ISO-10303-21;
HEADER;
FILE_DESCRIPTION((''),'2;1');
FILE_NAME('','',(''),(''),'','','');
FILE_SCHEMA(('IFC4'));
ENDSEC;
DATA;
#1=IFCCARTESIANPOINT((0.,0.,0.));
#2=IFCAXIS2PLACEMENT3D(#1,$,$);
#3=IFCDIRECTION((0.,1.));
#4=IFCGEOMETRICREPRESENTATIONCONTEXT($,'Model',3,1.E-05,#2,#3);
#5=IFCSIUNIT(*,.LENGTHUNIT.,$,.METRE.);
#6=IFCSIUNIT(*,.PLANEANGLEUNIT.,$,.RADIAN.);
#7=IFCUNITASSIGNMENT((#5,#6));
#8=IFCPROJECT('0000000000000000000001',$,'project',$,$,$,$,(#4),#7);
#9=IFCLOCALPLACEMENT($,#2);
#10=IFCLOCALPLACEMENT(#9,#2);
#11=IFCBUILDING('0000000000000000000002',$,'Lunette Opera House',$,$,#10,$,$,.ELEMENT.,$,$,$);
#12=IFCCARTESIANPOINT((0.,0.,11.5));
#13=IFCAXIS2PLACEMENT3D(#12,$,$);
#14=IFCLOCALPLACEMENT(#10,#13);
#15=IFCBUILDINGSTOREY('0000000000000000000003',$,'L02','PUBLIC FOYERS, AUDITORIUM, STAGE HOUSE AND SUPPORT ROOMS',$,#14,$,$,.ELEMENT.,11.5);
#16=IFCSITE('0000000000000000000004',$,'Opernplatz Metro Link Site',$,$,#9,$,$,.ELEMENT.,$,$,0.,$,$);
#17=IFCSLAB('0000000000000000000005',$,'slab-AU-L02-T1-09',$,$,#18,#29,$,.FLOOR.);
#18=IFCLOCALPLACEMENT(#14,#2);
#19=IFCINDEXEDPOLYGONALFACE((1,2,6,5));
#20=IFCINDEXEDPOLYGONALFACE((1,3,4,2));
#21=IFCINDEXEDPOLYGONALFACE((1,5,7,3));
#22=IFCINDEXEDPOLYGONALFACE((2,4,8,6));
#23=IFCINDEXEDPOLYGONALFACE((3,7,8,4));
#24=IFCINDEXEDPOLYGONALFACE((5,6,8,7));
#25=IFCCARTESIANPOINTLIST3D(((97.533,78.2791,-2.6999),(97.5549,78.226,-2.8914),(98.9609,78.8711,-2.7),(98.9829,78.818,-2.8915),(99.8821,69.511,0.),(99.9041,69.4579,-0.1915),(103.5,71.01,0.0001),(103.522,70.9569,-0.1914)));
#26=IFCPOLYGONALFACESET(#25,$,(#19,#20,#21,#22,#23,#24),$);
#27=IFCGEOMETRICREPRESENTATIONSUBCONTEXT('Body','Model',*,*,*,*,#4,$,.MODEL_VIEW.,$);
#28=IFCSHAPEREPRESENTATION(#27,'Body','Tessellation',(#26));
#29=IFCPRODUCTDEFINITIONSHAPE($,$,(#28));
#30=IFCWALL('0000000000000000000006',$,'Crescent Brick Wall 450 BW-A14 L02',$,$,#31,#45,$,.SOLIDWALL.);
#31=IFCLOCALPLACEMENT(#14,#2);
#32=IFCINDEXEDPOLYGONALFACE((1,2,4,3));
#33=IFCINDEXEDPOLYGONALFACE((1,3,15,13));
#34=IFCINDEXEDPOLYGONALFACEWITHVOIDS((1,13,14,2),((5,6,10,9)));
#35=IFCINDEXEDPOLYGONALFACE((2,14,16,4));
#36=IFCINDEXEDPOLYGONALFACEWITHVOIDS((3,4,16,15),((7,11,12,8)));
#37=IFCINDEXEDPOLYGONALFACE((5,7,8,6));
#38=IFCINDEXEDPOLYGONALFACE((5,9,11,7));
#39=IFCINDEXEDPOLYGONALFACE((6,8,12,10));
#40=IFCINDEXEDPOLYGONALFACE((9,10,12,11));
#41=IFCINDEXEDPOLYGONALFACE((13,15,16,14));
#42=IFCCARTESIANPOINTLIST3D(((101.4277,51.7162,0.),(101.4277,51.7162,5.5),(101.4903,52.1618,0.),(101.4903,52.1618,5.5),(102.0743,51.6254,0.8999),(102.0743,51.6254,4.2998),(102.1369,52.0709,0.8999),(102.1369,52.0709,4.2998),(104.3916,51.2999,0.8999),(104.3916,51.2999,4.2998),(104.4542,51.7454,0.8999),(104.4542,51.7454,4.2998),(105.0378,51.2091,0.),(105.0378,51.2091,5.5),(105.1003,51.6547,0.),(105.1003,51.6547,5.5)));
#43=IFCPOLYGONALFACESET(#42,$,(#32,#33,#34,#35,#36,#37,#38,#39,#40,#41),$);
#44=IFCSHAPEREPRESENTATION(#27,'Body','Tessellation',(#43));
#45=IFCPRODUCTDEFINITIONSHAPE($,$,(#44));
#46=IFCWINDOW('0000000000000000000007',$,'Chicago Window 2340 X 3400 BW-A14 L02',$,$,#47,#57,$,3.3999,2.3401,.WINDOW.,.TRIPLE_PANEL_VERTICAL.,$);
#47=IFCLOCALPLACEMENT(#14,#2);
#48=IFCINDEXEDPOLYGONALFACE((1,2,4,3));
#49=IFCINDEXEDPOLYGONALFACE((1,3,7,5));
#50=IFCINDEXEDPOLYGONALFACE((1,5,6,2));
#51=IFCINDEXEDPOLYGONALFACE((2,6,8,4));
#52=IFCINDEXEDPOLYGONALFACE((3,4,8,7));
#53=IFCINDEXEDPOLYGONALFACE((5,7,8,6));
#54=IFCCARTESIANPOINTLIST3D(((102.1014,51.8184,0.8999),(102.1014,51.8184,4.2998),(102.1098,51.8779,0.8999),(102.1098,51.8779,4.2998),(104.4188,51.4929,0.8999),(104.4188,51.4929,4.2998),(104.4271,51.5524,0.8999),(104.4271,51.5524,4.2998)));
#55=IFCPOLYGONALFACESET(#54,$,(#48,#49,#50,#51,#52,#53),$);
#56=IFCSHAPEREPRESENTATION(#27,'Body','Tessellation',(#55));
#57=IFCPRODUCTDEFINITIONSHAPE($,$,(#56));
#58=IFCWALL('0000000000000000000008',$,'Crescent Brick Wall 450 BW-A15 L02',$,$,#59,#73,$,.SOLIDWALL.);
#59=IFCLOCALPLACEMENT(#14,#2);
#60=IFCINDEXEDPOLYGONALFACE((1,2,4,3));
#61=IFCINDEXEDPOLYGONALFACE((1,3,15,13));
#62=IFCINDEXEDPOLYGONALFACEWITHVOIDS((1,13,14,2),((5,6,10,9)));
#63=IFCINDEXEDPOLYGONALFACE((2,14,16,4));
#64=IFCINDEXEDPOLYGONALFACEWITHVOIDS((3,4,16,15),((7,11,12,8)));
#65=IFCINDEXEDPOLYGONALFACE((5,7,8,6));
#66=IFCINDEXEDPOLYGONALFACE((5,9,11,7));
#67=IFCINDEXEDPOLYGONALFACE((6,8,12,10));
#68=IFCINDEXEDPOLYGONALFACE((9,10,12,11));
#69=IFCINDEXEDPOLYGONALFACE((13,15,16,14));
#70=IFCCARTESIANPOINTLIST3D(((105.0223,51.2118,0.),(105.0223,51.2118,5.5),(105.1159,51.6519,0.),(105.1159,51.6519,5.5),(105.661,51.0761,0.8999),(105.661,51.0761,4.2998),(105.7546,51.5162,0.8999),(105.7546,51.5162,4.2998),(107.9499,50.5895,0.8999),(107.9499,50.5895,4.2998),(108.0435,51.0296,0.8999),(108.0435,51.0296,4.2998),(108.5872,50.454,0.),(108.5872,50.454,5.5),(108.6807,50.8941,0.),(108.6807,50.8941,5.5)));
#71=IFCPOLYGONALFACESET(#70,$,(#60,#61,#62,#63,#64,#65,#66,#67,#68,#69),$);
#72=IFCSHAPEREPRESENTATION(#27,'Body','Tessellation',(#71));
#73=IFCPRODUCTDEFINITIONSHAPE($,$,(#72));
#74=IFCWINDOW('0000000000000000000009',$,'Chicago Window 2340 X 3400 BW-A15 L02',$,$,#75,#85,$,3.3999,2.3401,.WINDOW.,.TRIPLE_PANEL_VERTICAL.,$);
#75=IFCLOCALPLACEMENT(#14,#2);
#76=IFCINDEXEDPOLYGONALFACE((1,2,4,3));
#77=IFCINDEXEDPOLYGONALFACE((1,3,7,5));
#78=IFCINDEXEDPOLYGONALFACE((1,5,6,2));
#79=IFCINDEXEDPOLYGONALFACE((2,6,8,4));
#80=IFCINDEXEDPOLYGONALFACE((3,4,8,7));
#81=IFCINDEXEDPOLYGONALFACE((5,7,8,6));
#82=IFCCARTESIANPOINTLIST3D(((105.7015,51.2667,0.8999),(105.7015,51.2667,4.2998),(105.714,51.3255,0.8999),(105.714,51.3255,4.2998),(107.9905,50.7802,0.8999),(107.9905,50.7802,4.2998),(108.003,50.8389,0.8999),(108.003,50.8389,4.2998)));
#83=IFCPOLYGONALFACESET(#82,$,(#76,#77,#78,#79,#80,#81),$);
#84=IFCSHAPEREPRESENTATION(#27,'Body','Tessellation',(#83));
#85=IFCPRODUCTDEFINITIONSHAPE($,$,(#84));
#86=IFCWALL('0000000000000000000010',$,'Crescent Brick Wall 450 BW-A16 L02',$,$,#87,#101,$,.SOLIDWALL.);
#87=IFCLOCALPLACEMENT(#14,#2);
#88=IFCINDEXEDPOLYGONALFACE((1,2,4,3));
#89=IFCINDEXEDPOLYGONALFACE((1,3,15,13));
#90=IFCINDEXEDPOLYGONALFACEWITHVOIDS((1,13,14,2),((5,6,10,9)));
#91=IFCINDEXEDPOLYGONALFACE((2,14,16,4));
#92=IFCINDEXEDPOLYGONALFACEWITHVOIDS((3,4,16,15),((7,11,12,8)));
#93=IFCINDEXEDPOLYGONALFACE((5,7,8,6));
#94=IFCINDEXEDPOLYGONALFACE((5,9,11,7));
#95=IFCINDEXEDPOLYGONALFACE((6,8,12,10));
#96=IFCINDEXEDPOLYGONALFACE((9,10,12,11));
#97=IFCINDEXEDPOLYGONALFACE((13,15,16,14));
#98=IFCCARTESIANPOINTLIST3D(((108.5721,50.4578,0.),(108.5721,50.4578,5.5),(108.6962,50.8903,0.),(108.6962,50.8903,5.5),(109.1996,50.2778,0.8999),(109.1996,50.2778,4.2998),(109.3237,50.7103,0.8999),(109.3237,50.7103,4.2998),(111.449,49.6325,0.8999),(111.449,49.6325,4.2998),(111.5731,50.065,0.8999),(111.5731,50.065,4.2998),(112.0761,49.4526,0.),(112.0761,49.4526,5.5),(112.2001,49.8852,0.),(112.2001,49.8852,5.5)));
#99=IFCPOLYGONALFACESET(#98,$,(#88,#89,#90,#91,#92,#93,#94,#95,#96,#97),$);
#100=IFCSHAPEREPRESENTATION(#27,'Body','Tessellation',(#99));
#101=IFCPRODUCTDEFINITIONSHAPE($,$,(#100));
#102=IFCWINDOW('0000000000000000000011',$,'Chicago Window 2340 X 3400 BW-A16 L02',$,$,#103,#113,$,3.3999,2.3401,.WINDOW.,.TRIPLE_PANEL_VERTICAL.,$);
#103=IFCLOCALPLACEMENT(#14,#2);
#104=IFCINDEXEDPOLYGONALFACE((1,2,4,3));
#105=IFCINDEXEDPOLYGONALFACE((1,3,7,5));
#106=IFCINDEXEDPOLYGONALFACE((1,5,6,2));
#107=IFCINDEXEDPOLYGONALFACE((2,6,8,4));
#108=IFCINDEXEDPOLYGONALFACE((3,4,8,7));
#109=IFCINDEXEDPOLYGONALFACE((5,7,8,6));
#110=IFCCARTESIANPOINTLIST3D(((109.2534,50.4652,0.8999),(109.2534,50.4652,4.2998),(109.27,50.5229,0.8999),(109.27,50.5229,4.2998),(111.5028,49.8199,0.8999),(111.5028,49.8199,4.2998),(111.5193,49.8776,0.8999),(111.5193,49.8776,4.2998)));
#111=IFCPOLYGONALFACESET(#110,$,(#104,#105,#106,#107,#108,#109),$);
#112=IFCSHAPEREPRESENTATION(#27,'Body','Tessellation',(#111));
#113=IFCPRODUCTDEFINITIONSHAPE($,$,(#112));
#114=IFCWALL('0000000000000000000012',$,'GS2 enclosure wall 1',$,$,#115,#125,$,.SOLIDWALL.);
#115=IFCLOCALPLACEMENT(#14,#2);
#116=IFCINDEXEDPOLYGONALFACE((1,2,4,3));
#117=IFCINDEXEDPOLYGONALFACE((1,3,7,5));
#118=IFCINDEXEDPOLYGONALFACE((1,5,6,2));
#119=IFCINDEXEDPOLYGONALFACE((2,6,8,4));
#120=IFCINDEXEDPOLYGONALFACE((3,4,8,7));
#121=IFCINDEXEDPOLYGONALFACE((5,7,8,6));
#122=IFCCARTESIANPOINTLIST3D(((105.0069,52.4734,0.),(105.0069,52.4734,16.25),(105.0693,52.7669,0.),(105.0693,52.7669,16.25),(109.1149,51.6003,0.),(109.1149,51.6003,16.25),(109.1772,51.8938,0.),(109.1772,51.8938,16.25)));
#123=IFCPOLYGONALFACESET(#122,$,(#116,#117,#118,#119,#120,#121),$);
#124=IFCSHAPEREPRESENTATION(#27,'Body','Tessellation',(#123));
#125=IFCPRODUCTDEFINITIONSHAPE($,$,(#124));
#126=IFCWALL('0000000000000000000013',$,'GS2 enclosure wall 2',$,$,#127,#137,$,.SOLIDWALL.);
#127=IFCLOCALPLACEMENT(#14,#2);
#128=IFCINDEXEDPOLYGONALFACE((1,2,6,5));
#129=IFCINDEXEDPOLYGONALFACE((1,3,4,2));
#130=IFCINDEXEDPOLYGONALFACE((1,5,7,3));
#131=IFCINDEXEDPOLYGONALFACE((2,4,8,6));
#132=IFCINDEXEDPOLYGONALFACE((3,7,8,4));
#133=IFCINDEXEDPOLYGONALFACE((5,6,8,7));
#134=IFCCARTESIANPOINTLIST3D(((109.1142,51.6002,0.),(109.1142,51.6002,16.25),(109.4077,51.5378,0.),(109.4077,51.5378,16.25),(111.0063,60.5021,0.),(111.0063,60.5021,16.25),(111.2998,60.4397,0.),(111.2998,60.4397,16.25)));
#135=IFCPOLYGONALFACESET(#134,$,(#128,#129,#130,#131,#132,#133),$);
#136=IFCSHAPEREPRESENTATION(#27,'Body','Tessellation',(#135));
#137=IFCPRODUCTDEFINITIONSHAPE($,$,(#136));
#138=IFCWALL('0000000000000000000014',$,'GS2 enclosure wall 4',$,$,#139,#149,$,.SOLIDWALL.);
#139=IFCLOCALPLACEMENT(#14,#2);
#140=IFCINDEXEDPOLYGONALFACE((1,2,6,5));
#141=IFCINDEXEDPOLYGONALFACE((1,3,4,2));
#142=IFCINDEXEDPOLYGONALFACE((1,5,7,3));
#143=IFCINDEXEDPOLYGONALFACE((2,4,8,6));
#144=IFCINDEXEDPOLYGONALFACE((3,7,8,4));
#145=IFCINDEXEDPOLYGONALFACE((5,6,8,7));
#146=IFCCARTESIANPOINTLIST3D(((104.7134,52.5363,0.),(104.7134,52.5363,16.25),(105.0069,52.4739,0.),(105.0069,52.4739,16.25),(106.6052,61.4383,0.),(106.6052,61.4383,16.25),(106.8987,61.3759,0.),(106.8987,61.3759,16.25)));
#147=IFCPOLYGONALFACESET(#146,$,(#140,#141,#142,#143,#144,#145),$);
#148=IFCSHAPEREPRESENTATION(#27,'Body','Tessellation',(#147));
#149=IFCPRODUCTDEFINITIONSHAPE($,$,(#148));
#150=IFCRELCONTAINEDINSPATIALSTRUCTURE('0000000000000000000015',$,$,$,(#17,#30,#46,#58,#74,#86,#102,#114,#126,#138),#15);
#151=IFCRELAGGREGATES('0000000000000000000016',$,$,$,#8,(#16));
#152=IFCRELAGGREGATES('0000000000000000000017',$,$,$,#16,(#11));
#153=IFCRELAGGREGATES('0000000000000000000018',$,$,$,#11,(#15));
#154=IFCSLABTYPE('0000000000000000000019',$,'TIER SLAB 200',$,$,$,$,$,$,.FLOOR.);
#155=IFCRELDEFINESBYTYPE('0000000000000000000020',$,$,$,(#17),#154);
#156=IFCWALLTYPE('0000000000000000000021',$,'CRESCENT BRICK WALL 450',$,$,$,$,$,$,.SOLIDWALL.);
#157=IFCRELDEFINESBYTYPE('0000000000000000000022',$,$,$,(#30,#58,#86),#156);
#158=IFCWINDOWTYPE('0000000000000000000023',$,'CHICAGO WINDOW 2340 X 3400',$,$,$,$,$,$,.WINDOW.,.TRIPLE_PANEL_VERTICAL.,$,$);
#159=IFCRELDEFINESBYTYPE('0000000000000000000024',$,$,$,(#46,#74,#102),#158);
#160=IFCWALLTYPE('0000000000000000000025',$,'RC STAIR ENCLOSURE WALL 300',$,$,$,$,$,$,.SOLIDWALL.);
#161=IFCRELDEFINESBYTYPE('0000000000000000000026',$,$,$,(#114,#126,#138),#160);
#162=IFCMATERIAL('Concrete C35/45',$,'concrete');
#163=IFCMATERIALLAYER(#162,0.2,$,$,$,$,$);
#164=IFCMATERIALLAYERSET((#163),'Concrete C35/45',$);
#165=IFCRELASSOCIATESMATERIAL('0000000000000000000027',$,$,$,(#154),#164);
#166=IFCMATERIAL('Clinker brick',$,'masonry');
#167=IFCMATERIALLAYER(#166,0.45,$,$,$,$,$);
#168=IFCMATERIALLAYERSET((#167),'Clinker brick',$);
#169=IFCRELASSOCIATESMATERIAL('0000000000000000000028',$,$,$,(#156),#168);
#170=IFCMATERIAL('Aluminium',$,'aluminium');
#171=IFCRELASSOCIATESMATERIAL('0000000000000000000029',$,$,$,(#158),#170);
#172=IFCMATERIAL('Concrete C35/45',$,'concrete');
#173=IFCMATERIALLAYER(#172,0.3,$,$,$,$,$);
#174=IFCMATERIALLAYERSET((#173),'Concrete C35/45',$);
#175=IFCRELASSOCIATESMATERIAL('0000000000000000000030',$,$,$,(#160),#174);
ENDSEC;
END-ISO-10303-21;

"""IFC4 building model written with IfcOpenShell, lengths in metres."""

from ifc_helpers import new_model, si_unit, direction, frame, frame_2d, origin, place, context, subcontext, project, spatial, polyline, rectangle, outline, extrude, material, layer, layer_set, type_object, element, fill, save


model = new_model("IFC4")

# Units and contexts
model_context = context("Model", 3, precision=1e-05, world=origin(), true_north=direction((0.0, 1.0)))
body_context = subcontext(model_context, "Body", "Model", "MODEL_VIEW")
ifc_project = project(units=[si_unit("LENGTHUNIT", "METRE"), si_unit("PLANEANGLEUNIT", "RADIAN")], contexts=[model_context])

# Site, building, storey
site_placement = place(None, origin())
site = spatial("IfcSite", under=ifc_project, at=site_placement, Name="Opernplatz Metro Link Site", CompositionType="ELEMENT", RefElevation=0.0)
building_placement = place(site_placement, origin())
building = spatial("IfcBuilding", under=site, at=building_placement, Name="Lunette Opera House", CompositionType="ELEMENT")
storey_placement = place(building_placement, frame((0.0, 0.0, 11.5)))
storey = spatial("IfcBuildingStorey", under=building, at=storey_placement, Name="L02", Description="PUBLIC FOYERS, AUDITORIUM, STAGE HOUSE AND SUPPORT ROOMS", CompositionType="ELEMENT", Elevation=11.5)

# Slab
ifc_material_1 = material(Name="Concrete C35/45", Category="concrete")
ifc_layer_1 = layer(ifc_material_1, 0.2)
ifc_layer_set_1 = layer_set([ifc_layer_1], Name="Concrete C35/45")
slab_type = type_object("IfcSlabType", Name="TIER SLAB 200", PredefinedType="FLOOR", material=ifc_layer_set_1)
slab_placement = place(storey_placement, frame((99.8821, 69.511, 0.0), z_axis=(-0.110009, 0.265461, 0.957825), x_axis=(0.923838, 0.382783, 0.000018)))
element("IfcSlab", 1, at=slab_placement, inside=storey, type_object=slab_type, Name="slab-AU-L02-T1-09", PredefinedType="FLOOR", context=body_context, shape_type="SweptSolid", body=[
    extrude(outline(polyline([(0.0, 0.0), (3.9162, 0.0), (2.7319, 9.3961), (1.186, 9.3958), (0.0, 0.0)])), origin(), (0.0, 0.0, -1.0), 0.2),
])

# Walls, openings, windows
ifc_material_2 = material(Name="Clinker brick", Category="masonry")
ifc_layer_2 = layer(ifc_material_2, 0.45)
ifc_layer_set_2 = layer_set([ifc_layer_2], Name="Clinker brick")
wall_type_1 = type_object("IfcWallType", Name="CRESCENT BRICK WALL 450", PredefinedType="SOLIDWALL", material=ifc_layer_set_2)
wall_1_placement = place(storey_placement, frame((101.459, 51.939, 0.0), z_axis=(0.0, 0.0, 1.0), x_axis=(0.990279, -0.139096, 0.0)))
wall_1 = element("IfcWall", 2, at=wall_1_placement, inside=storey, type_object=wall_type_1, Name="Crescent Brick Wall 450 BW-A14 L02", PredefinedType="SOLIDWALL", context=body_context, shape_type="SweptSolid", body=[
    extrude(rectangle(XDim=3.6455, YDim=0.45, at=frame_2d((1.8228, 0.0))), origin(), (0.0, 0.0, 1.0), 5.5),
])
opening_1_placement = place(wall_1_placement, frame((0.6531, 0.0, 0.8999)))
opening_1 = element("IfcOpeningElement", 3, at=opening_1_placement, cuts=wall_1, PredefinedType="OPENING", context=body_context, shape_type="SweptSolid", body=[
    extrude(rectangle(XDim=2.3401, YDim=3.3999, at=frame_2d((1.1699, 1.7))), frame((0.0, 0.2371, 0.0), z_axis=(0.0, -1.0, 0.0), x_axis=(1.0, 0.0, 0.0)), (0.0, 0.0, 1.0), 0.4739),
])
ifc_material_3 = material(Name="Aluminium", Category="aluminium")
window_type = type_object("IfcWindowType", Name="CHICAGO WINDOW 2340 X 3400", PartitioningType="TRIPLE_PANEL_VERTICAL", PredefinedType="WINDOW", material=ifc_material_3)
window_1_placement = place(opening_1_placement, origin())
window_1 = element("IfcWindow", 4, at=window_1_placement, inside=storey, type_object=window_type, Name="Chicago Window 2340 X 3400 BW-A14 L02", OverallHeight=3.3999, OverallWidth=2.3401, PartitioningType="TRIPLE_PANEL_VERTICAL", PredefinedType="WINDOW", context=body_context, shape_type="SweptSolid", body=[
    extrude(rectangle(XDim=2.3401, YDim=3.3999, at=frame_2d((1.1699, 1.7))), frame((0.0, 0.03, 0.0), z_axis=(0.0, -1.0, 0.0), x_axis=(1.0, 0.0, 0.0)), (0.0, 0.0, 1.0), 0.0601),
])
fill(opening_1, window_1)
wall_2_placement = place(storey_placement, frame((105.0691, 51.4319, 0.0), z_axis=(0.0, 0.0, 1.0), x_axis=(0.978144, -0.207928, 0.0)))
wall_2 = element("IfcWall", 5, at=wall_2_placement, inside=storey, type_object=wall_type_1, Name="Crescent Brick Wall 450 BW-A15 L02", PredefinedType="SOLIDWALL", context=body_context, shape_type="SweptSolid", body=[
    extrude(rectangle(XDim=3.6445, YDim=0.45, at=frame_2d((1.8223, 0.0))), origin(), (0.0, 0.0, 1.0), 5.5),
])
opening_2_placement = place(wall_2_placement, frame((0.6531, 0.0, 0.8999)))
opening_2 = element("IfcOpeningElement", 6, at=opening_2_placement, cuts=wall_2, PredefinedType="OPENING", context=body_context, shape_type="SweptSolid", body=[
    extrude(rectangle(XDim=2.3401, YDim=3.3999, at=frame_2d((1.1699, 1.7))), frame((0.0, 0.2371, 0.0), z_axis=(0.0, -1.0, 0.0), x_axis=(1.0, 0.0, 0.0)), (0.0, 0.0, 1.0), 0.4739),
])
window_2_placement = place(opening_2_placement, origin())
window_2 = element("IfcWindow", 7, at=window_2_placement, inside=storey, type_object=window_type, Name="Chicago Window 2340 X 3400 BW-A15 L02", OverallHeight=3.3999, OverallWidth=2.3401, PartitioningType="TRIPLE_PANEL_VERTICAL", PredefinedType="WINDOW", context=body_context, shape_type="SweptSolid", body=[
    extrude(rectangle(XDim=2.3401, YDim=3.3999, at=frame_2d((1.1699, 1.7))), frame((0.0, 0.03, 0.0), z_axis=(0.0, -1.0, 0.0), x_axis=(1.0, 0.0, 0.0)), (0.0, 0.0, 1.0), 0.0601),
])
fill(opening_2, window_2)
wall_3_placement = place(storey_placement, frame((108.634, 50.6741, 0.0), z_axis=(0.0, 0.0, 1.0), x_axis=(0.961233, -0.275738, 0.0)))
wall_3 = element("IfcWall", 8, at=wall_3_placement, inside=storey, type_object=wall_type_1, Name="Crescent Brick Wall 450 BW-A16 L02", PredefinedType="SOLIDWALL", context=body_context, shape_type="SweptSolid", body=[
    extrude(rectangle(XDim=3.6453, YDim=0.45, at=frame_2d((1.8228, 0.0))), origin(), (0.0, 0.0, 1.0), 5.5),
])
opening_3_placement = place(wall_3_placement, frame((0.6531, 0.0, 0.8999)))
opening_3 = element("IfcOpeningElement", 9, at=opening_3_placement, cuts=wall_3, PredefinedType="OPENING", context=body_context, shape_type="SweptSolid", body=[
    extrude(rectangle(XDim=2.3401, YDim=3.3999, at=frame_2d((1.1699, 1.7))), frame((0.0, 0.2371, 0.0), z_axis=(0.0, -1.0, 0.0), x_axis=(1.0, 0.0, 0.0)), (0.0, 0.0, 1.0), 0.4739),
])
window_3_placement = place(opening_3_placement, origin())
window_3 = element("IfcWindow", 10, at=window_3_placement, inside=storey, type_object=window_type, Name="Chicago Window 2340 X 3400 BW-A16 L02", OverallHeight=3.3999, OverallWidth=2.3401, PartitioningType="TRIPLE_PANEL_VERTICAL", PredefinedType="WINDOW", context=body_context, shape_type="SweptSolid", body=[
    extrude(rectangle(XDim=2.3401, YDim=3.3999, at=frame_2d((1.1699, 1.7))), frame((0.0, 0.03, 0.0), z_axis=(0.0, -1.0, 0.0), x_axis=(1.0, 0.0, 0.0)), (0.0, 0.0, 1.0), 0.0601),
])
fill(opening_3, window_3)

# Walls
ifc_material_4 = material(Name="Concrete C35/45", Category="concrete")
ifc_layer_3 = layer(ifc_material_4, 0.3)
ifc_layer_set_3 = layer_set([ifc_layer_3], Name="Concrete C35/45")
wall_type_2 = type_object("IfcWallType", Name="RC STAIR ENCLOSURE WALL 300", PredefinedType="SOLIDWALL", material=ifc_layer_set_3)
wall_4_placement = place(storey_placement, frame((105.0381, 52.6201, 0.0), z_axis=(0.0, 0.0, 1.0), x_axis=(0.978153, -0.207885, 0.0)))
element("IfcWall", 11, at=wall_4_placement, inside=storey, type_object=wall_type_2, Name="GS2 enclosure wall 1", PredefinedType="SOLIDWALL", context=body_context, shape_type="SweptSolid", body=[
    extrude(rectangle(XDim=4.1997, YDim=0.3, at=frame_2d((2.0999, 0.0))), origin(), (0.0, 0.0, 1.0), 16.25),
])
for number, where, z_axis, x_axis, name in (
    (12, (109.261, 51.5691, 0.0), (0.0, 0.0, 1.0), (0.207906, 0.978149, 0.0), "GS2 enclosure wall 2"),
    (13, (106.752, 61.407, 0.0), (0.0, 0.0, 1.0), (-0.207874, -0.978156, 0.0), "GS2 enclosure wall 4"),
):
    element("IfcWall", number, at=place(storey_placement, frame(where, z_axis=z_axis, x_axis=x_axis)), inside=storey, type_object=wall_type_2, Name=name, PredefinedType="SOLIDWALL", context=body_context, shape_type="SweptSolid", body=[
        extrude(rectangle(XDim=9.1008, YDim=0.3, at=frame_2d((4.5503, 0.0))), origin(), (0.0, 0.0, 1.0), 16.25),
    ])

save(model, "model.ifc")
